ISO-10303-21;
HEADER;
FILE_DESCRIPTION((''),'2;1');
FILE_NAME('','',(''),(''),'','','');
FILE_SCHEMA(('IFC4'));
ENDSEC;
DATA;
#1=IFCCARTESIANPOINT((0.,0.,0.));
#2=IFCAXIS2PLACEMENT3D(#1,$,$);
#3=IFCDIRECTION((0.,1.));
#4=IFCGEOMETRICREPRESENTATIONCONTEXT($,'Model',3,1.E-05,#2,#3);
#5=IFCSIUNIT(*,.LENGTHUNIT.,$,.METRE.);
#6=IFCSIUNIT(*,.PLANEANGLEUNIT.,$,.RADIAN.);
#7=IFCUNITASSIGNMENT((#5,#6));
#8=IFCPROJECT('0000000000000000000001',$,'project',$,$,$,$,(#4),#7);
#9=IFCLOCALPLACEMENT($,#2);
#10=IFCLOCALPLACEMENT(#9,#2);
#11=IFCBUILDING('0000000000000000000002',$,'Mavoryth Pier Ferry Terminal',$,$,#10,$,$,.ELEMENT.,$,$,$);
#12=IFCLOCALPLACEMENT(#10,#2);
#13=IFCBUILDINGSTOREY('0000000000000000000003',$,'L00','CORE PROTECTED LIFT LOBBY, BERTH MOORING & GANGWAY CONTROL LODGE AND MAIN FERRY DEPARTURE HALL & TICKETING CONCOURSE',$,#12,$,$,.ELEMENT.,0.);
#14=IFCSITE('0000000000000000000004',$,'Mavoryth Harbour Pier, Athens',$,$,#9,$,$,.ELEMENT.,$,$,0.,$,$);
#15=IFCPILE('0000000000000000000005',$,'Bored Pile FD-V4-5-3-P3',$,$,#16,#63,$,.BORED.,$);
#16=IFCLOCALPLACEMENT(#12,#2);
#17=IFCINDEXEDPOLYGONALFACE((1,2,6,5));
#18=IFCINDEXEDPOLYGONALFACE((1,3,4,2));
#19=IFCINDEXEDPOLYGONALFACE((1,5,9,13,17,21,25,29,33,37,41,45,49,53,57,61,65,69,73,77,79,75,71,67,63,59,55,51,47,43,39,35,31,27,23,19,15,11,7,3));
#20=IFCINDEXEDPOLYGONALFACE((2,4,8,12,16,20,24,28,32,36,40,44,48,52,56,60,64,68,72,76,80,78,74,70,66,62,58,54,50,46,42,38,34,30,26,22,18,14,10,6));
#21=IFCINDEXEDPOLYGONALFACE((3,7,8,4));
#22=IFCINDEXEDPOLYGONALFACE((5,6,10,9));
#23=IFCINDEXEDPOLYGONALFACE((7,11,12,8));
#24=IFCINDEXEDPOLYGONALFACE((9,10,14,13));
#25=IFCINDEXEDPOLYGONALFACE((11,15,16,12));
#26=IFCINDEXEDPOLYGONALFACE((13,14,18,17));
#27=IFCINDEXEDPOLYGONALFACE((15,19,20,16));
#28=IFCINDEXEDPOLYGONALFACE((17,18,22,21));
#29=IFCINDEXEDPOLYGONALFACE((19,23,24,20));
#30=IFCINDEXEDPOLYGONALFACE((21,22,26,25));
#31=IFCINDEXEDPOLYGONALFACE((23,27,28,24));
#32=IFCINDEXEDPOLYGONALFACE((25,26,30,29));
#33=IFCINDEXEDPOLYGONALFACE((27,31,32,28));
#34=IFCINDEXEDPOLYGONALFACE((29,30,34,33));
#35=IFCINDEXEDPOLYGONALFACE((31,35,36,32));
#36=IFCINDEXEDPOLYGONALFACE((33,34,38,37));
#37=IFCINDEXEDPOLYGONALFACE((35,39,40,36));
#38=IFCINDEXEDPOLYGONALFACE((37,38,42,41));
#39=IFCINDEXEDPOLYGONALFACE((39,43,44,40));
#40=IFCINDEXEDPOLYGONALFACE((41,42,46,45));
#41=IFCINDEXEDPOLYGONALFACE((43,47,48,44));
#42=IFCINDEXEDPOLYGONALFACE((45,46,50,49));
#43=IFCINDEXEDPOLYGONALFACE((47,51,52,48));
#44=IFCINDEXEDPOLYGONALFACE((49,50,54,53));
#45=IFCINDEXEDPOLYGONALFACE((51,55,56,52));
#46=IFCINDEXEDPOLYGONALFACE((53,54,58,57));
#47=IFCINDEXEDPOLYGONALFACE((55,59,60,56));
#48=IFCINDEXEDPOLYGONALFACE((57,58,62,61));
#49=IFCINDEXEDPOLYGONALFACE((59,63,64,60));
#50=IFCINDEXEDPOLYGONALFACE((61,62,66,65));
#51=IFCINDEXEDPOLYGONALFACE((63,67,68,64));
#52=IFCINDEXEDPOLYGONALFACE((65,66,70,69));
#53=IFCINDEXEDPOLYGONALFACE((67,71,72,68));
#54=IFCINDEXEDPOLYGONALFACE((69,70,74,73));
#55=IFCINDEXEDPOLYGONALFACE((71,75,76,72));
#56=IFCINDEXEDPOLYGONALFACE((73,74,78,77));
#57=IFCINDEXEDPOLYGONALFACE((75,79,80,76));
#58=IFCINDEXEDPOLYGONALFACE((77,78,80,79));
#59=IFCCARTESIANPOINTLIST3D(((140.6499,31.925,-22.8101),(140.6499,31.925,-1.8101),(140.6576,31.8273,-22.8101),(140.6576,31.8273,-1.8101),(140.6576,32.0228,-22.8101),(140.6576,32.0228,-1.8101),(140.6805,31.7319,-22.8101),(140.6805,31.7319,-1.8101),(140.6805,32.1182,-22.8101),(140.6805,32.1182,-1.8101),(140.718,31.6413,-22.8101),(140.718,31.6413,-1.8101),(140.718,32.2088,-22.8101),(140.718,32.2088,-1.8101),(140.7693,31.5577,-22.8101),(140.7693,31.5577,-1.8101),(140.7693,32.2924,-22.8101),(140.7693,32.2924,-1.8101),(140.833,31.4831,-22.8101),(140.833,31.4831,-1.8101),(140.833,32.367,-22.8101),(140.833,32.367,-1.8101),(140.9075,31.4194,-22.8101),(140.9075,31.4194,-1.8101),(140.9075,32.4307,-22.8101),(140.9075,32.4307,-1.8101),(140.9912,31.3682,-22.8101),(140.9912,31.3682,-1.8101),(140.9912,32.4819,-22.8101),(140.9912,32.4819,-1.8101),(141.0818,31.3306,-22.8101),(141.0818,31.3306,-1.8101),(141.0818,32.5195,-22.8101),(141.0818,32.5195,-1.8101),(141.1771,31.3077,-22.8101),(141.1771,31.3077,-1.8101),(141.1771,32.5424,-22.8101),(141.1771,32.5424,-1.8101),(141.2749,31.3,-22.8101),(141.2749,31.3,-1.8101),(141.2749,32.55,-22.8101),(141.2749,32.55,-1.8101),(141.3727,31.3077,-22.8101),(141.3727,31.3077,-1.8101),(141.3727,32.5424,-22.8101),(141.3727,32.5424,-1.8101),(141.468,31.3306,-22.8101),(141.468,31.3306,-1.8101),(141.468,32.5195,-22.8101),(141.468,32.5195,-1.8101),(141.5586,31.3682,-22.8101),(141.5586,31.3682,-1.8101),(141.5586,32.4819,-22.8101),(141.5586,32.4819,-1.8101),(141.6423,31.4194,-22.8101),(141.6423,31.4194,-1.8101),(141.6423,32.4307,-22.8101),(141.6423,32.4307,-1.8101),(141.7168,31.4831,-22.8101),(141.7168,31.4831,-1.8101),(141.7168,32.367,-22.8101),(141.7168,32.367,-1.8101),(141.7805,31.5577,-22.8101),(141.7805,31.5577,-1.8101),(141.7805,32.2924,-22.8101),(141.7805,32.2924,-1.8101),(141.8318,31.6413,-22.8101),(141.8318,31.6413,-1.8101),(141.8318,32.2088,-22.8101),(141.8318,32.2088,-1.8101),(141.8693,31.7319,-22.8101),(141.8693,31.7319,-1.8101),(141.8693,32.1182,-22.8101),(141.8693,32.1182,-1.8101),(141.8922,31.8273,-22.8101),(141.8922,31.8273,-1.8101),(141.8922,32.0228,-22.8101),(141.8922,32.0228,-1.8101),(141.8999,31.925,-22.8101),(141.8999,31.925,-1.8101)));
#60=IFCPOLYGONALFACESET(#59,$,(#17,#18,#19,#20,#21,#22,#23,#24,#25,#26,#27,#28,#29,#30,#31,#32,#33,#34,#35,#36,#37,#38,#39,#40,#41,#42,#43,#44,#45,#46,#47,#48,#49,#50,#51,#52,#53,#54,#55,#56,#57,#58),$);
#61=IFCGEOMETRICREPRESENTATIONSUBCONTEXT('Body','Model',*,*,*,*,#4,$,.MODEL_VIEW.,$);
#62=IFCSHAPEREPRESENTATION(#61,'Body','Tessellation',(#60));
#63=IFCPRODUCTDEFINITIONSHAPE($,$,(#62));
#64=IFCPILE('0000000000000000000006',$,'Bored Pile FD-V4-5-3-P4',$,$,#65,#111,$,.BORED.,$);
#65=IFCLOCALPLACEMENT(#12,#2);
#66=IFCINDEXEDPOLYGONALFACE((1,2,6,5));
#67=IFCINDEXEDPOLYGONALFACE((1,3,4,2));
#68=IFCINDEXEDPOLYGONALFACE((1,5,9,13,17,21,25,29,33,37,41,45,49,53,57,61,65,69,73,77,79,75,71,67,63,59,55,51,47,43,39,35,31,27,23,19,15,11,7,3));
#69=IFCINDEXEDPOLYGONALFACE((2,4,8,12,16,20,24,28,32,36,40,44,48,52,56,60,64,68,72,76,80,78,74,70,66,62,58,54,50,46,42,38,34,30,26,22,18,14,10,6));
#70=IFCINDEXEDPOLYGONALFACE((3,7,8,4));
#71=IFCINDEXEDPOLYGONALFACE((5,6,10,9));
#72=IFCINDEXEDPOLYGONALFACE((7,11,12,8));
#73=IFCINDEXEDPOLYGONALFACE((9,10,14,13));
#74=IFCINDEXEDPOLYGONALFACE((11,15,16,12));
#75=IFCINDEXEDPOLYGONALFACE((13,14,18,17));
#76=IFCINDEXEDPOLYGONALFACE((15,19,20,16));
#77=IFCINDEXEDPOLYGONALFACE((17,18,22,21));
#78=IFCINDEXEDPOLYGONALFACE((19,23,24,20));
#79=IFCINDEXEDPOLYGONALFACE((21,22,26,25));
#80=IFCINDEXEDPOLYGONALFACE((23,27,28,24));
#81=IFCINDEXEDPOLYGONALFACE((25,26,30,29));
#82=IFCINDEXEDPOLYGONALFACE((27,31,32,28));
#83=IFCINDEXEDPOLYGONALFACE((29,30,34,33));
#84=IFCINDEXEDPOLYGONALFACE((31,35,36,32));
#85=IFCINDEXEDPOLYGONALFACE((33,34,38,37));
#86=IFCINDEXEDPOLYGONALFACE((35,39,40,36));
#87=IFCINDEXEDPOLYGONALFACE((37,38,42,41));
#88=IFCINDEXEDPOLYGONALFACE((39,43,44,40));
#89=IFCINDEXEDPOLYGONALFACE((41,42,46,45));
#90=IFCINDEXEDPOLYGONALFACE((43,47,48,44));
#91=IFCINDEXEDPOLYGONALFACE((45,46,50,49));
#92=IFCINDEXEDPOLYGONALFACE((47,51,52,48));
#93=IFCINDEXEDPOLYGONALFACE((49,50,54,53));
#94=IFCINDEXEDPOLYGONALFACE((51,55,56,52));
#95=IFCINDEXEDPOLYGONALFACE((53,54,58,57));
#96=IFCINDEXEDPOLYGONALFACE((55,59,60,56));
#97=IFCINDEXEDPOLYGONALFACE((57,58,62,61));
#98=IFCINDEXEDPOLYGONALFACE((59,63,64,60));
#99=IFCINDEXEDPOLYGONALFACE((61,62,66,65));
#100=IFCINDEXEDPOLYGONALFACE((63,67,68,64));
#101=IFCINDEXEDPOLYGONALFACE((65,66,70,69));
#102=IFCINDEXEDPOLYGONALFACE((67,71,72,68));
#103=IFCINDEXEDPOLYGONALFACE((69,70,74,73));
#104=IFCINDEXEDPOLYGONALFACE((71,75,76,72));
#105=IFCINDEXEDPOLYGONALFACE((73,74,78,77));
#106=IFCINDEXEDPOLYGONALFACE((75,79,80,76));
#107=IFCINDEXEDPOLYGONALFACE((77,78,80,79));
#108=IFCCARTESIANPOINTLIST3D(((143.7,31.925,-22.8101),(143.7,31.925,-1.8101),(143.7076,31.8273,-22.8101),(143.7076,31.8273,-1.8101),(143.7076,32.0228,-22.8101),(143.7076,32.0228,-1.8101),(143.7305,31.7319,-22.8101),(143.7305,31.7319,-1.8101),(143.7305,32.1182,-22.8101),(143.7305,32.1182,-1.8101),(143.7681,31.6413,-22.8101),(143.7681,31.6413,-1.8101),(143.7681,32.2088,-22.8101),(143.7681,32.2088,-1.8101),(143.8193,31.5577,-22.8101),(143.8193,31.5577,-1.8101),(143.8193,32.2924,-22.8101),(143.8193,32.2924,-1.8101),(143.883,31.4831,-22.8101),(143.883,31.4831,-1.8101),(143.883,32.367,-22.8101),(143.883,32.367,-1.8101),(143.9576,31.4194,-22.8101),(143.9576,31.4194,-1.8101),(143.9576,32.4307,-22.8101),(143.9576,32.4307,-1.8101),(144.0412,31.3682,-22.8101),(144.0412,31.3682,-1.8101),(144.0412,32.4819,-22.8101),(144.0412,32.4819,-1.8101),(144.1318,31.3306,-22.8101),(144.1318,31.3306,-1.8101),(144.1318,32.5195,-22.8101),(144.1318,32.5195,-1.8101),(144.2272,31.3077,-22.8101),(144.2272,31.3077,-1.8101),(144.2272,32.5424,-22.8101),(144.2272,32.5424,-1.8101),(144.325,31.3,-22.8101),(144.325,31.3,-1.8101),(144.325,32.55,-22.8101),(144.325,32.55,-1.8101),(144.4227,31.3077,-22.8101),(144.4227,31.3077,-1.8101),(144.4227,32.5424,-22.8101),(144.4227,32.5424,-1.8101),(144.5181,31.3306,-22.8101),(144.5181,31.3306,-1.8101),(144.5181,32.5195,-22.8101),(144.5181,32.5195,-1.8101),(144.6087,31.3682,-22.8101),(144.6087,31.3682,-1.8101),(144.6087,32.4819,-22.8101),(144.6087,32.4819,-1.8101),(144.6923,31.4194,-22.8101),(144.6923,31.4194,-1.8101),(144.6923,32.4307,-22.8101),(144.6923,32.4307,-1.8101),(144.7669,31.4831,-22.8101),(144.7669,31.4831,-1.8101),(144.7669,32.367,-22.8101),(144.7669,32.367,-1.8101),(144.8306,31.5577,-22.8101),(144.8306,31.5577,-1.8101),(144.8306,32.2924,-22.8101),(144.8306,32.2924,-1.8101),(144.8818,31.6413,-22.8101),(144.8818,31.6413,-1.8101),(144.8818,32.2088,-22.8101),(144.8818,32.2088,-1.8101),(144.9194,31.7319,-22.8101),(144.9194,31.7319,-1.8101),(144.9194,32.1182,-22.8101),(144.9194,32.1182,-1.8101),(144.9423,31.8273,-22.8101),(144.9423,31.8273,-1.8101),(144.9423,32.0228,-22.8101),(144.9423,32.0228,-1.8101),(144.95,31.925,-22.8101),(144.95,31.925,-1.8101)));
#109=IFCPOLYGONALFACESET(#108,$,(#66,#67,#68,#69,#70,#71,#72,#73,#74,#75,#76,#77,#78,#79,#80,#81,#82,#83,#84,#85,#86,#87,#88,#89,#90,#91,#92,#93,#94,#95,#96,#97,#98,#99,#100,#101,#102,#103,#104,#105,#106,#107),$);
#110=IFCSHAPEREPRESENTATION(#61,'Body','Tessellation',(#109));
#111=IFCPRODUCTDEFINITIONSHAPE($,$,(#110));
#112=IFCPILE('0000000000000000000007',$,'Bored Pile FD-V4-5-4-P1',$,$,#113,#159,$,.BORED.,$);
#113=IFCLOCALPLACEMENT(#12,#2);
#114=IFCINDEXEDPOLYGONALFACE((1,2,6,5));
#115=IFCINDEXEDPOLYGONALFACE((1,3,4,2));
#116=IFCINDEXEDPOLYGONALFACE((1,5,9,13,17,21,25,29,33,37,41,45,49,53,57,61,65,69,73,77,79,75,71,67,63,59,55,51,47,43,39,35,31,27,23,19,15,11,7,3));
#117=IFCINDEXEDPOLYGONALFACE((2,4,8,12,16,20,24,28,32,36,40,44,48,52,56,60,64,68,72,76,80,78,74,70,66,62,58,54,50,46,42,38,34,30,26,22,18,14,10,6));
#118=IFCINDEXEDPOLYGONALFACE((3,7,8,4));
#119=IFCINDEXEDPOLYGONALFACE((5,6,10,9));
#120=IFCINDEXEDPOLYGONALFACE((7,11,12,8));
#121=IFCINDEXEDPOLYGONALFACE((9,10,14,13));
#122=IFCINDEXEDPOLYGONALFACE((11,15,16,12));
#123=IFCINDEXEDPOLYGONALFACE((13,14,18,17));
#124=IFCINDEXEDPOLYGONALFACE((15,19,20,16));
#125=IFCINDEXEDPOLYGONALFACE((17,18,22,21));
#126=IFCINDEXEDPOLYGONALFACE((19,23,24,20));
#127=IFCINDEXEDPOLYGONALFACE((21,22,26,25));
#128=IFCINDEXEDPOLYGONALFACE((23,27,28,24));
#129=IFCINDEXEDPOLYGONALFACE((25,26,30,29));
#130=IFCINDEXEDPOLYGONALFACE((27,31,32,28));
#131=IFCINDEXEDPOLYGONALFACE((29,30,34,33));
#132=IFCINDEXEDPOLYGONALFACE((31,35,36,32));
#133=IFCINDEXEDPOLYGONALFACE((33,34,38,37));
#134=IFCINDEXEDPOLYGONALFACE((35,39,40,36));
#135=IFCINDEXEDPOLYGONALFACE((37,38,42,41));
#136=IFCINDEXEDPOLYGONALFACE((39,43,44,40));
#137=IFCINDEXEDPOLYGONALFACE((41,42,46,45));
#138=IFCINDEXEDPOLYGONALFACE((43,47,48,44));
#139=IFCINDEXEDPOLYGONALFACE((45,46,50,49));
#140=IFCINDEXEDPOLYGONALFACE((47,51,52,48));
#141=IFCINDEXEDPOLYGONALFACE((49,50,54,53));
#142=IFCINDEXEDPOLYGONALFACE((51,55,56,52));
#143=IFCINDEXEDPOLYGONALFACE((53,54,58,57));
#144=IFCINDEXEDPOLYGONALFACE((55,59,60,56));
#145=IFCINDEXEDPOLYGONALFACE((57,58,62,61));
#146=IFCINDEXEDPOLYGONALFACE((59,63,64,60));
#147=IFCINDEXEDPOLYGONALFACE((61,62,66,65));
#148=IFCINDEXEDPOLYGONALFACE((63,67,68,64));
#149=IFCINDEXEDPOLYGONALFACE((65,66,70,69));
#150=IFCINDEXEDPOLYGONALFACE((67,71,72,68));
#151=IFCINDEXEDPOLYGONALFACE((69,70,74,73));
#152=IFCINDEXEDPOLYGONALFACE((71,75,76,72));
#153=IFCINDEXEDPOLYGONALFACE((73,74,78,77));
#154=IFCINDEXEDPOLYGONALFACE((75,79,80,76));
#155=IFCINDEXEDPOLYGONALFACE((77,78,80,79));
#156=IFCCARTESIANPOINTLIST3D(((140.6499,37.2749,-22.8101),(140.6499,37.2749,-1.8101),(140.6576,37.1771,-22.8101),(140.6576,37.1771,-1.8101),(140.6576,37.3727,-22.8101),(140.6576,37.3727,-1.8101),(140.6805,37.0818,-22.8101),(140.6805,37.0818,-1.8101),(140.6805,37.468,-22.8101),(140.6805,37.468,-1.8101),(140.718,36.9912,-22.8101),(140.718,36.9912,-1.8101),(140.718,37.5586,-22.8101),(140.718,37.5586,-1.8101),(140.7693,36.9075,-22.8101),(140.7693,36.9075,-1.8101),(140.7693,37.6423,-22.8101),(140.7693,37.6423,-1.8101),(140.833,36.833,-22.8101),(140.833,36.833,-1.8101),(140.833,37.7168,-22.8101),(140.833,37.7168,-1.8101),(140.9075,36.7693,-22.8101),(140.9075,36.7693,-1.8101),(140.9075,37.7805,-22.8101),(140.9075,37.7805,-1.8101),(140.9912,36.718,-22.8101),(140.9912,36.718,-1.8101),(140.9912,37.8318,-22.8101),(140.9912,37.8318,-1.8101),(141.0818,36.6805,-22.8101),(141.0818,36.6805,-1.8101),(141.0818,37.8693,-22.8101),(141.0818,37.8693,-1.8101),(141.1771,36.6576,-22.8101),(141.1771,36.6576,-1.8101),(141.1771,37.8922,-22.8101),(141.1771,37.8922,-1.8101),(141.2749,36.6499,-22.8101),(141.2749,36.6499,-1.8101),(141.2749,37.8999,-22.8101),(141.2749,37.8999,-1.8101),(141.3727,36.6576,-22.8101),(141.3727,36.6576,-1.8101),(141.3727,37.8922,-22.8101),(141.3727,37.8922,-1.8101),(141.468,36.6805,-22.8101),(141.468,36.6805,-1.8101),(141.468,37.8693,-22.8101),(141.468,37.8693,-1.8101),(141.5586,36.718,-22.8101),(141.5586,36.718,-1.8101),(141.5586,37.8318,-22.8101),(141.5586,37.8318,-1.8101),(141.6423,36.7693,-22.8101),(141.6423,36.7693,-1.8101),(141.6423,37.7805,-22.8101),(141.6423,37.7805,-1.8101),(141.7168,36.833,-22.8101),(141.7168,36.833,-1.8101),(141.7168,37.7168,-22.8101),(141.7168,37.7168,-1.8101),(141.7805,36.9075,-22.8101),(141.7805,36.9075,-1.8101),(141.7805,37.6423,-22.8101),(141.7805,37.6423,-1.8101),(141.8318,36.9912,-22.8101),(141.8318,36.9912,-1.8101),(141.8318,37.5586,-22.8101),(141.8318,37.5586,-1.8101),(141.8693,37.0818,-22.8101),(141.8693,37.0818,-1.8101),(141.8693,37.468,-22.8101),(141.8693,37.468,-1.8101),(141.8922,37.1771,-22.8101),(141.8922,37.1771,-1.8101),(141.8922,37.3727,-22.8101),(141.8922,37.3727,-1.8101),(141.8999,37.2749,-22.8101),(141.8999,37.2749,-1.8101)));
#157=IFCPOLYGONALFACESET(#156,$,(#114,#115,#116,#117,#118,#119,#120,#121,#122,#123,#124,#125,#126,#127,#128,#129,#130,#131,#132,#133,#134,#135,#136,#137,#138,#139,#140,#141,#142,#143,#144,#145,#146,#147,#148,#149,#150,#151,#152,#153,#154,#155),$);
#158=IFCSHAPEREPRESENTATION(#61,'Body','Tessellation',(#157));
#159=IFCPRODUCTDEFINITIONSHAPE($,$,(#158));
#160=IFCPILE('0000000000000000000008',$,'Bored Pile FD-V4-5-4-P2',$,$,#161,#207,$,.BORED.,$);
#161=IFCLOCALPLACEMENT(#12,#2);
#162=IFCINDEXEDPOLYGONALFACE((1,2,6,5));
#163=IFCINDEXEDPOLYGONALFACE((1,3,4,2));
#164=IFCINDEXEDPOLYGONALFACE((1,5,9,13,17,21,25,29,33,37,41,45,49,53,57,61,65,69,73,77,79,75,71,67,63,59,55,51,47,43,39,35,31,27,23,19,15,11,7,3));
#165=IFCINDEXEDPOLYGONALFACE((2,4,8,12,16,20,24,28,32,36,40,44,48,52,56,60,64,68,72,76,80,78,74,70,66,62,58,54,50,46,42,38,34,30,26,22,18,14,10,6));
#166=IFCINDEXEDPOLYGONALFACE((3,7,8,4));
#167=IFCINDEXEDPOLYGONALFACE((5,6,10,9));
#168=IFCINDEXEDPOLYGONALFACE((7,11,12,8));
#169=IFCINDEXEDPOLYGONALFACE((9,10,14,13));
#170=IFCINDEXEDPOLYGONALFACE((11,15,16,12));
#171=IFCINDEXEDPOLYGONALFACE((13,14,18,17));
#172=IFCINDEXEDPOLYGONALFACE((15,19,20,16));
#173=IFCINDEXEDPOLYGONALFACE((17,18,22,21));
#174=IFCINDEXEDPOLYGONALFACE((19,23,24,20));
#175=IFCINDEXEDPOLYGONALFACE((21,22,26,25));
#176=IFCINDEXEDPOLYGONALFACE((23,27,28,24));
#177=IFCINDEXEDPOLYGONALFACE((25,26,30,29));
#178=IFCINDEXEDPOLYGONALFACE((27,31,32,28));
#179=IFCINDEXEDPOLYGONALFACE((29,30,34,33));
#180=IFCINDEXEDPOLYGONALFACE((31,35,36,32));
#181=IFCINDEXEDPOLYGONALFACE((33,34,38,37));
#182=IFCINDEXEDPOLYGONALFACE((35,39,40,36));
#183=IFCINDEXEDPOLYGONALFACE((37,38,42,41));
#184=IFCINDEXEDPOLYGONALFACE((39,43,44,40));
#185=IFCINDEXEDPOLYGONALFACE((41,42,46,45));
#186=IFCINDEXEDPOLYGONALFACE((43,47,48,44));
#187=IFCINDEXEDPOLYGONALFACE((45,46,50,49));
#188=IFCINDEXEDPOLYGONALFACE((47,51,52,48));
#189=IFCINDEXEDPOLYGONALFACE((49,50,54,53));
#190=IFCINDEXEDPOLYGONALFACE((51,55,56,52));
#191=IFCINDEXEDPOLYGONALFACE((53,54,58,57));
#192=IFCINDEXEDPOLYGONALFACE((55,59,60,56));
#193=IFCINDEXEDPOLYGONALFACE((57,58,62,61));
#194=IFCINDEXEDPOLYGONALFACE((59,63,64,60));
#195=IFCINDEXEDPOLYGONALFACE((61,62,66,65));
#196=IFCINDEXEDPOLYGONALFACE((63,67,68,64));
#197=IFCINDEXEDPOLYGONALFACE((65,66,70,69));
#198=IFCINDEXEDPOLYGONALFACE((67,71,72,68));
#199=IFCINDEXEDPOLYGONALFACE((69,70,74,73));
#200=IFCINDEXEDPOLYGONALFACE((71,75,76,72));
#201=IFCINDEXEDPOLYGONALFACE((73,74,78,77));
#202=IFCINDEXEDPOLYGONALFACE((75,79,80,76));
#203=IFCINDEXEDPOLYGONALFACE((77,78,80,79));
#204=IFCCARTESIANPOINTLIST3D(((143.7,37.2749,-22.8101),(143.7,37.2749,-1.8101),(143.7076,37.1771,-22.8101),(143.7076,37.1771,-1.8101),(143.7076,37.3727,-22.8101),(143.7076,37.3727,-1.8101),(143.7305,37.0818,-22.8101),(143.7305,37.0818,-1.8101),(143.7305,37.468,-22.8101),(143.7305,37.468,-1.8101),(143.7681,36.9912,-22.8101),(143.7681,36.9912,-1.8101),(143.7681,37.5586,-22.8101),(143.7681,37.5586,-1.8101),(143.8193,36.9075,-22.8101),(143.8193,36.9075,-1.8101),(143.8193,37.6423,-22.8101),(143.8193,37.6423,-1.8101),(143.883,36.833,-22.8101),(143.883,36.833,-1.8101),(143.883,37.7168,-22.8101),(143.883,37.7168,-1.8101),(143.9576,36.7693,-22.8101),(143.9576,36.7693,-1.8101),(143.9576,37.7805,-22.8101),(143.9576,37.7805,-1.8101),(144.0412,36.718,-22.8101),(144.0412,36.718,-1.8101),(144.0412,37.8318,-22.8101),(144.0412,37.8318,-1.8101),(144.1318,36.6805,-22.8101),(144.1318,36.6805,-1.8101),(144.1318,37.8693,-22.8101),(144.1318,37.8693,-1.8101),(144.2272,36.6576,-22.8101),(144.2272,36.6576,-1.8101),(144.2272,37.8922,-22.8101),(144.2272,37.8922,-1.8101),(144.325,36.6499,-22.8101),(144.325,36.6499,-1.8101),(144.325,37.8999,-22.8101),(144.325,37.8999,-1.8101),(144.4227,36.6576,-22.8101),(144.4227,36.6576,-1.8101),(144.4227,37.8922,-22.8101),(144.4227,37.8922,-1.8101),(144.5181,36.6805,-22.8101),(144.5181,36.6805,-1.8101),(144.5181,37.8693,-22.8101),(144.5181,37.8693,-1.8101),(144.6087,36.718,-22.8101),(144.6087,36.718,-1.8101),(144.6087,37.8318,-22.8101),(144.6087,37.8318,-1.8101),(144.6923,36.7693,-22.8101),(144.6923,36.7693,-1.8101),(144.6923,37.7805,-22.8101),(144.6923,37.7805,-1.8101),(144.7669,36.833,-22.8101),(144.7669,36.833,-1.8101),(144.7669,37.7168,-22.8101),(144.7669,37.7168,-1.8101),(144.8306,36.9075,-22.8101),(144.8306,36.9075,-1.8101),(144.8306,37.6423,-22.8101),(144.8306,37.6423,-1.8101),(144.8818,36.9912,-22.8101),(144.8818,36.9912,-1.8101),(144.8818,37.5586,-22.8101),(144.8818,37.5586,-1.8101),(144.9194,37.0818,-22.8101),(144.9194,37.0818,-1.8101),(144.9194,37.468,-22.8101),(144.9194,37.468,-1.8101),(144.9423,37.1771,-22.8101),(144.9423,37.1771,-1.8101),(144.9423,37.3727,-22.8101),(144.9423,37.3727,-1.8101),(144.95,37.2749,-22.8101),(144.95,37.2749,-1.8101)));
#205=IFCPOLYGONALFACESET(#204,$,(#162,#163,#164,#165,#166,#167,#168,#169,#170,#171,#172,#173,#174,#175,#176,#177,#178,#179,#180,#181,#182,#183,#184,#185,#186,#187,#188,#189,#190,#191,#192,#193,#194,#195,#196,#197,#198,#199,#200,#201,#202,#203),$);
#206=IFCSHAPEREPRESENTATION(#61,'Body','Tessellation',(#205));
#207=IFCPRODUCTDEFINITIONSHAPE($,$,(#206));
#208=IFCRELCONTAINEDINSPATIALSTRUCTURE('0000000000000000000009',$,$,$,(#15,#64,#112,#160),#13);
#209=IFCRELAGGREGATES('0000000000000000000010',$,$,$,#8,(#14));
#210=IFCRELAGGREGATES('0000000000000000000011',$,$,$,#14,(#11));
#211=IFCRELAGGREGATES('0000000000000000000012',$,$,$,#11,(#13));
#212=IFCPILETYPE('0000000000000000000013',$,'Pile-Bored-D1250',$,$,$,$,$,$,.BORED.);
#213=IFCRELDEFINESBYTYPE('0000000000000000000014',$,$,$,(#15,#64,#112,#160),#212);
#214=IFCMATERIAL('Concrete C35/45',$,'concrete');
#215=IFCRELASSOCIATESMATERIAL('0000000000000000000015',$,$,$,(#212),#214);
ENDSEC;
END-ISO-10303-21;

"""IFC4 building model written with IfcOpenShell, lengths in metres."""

from ifc_helpers import new_model, si_unit, direction, frame, origin, origin_2d, place, context, subcontext, project, spatial, circle, extrude, material, material_profile, profile_set, type_object, element, save


model = new_model("IFC4")

# Units and contexts
model_context = context("Model", 3, precision=1e-05, world=origin(), true_north=direction((0.0, 1.0)))
body_context = subcontext(model_context, "Body", "Model", "MODEL_VIEW")
ifc_project = project(units=[si_unit("LENGTHUNIT", "METRE"), si_unit("PLANEANGLEUNIT", "RADIAN")], contexts=[model_context])

# Site, building, storey
site_placement = place(None, origin())
site = spatial("IfcSite", under=ifc_project, at=site_placement, Name="Mavoryth Harbour Pier, Athens", CompositionType="ELEMENT", RefElevation=0.0)
building_placement = place(site_placement, origin())
building = spatial("IfcBuilding", under=site, at=building_placement, Name="Mavoryth Pier Ferry Terminal", CompositionType="ELEMENT")
storey_placement = place(building_placement, origin())
storey = spatial("IfcBuildingStorey", under=building, at=storey_placement, Name="L00", Description="CORE PROTECTED LIFT LOBBY, BERTH MOORING & GANGWAY CONTROL LODGE AND MAIN FERRY DEPARTURE HALL & TICKETING CONCOURSE", CompositionType="ELEMENT", Elevation=0.0)

# Shared definitions
ifc_material_1 = material(Name="Concrete C35/45", Category="concrete")

# Piles
ifc_material_profile_1 = material_profile(ifc_material_1, circle(Radius=0.625, at=origin_2d()), Name="PILE D1250", Category="concrete")
ifc_profile_set_1 = profile_set([ifc_material_profile_1], Name="Concrete C35/45 - PILE D1250")
pile_type = type_object("IfcPileType", Name="Pile-Bored-D1250", PredefinedType="BORED", material=ifc_profile_set_1)
for number, where, z_axis, x_axis, name in (
    (1, (141.2749, 31.925, -1.8101), (0.0, 0.0, -1.0), (1.0, 0.0, 0.0), "Bored Pile FD-V4-5-3-P3"),
    (2, (144.325, 31.925, -1.8101), (0.0, 0.0, -1.0), (1.0, 0.0, 0.0), "Bored Pile FD-V4-5-3-P4"),
    (3, (141.2749, 37.2749, -1.8101), (0.0, 0.0, -1.0), (1.0, 0.0, 0.0), "Bored Pile FD-V4-5-4-P1"),
    (4, (144.325, 37.2749, -1.8101), (0.0, 0.0, -1.0), (1.0, 0.0, 0.0), "Bored Pile FD-V4-5-4-P2"),
):
    element("IfcPile", number, at=place(storey_placement, frame(where, z_axis=z_axis, x_axis=x_axis)), inside=storey, type_object=pile_type, Name=name, PredefinedType="BORED", context=body_context, shape_type="SweptSolid", body=[
        extrude(circle(Radius=0.625, at=origin_2d()), origin(), (0.0, 0.0, 1.0), 21.0),
    ])

save(model, "model.ifc")
